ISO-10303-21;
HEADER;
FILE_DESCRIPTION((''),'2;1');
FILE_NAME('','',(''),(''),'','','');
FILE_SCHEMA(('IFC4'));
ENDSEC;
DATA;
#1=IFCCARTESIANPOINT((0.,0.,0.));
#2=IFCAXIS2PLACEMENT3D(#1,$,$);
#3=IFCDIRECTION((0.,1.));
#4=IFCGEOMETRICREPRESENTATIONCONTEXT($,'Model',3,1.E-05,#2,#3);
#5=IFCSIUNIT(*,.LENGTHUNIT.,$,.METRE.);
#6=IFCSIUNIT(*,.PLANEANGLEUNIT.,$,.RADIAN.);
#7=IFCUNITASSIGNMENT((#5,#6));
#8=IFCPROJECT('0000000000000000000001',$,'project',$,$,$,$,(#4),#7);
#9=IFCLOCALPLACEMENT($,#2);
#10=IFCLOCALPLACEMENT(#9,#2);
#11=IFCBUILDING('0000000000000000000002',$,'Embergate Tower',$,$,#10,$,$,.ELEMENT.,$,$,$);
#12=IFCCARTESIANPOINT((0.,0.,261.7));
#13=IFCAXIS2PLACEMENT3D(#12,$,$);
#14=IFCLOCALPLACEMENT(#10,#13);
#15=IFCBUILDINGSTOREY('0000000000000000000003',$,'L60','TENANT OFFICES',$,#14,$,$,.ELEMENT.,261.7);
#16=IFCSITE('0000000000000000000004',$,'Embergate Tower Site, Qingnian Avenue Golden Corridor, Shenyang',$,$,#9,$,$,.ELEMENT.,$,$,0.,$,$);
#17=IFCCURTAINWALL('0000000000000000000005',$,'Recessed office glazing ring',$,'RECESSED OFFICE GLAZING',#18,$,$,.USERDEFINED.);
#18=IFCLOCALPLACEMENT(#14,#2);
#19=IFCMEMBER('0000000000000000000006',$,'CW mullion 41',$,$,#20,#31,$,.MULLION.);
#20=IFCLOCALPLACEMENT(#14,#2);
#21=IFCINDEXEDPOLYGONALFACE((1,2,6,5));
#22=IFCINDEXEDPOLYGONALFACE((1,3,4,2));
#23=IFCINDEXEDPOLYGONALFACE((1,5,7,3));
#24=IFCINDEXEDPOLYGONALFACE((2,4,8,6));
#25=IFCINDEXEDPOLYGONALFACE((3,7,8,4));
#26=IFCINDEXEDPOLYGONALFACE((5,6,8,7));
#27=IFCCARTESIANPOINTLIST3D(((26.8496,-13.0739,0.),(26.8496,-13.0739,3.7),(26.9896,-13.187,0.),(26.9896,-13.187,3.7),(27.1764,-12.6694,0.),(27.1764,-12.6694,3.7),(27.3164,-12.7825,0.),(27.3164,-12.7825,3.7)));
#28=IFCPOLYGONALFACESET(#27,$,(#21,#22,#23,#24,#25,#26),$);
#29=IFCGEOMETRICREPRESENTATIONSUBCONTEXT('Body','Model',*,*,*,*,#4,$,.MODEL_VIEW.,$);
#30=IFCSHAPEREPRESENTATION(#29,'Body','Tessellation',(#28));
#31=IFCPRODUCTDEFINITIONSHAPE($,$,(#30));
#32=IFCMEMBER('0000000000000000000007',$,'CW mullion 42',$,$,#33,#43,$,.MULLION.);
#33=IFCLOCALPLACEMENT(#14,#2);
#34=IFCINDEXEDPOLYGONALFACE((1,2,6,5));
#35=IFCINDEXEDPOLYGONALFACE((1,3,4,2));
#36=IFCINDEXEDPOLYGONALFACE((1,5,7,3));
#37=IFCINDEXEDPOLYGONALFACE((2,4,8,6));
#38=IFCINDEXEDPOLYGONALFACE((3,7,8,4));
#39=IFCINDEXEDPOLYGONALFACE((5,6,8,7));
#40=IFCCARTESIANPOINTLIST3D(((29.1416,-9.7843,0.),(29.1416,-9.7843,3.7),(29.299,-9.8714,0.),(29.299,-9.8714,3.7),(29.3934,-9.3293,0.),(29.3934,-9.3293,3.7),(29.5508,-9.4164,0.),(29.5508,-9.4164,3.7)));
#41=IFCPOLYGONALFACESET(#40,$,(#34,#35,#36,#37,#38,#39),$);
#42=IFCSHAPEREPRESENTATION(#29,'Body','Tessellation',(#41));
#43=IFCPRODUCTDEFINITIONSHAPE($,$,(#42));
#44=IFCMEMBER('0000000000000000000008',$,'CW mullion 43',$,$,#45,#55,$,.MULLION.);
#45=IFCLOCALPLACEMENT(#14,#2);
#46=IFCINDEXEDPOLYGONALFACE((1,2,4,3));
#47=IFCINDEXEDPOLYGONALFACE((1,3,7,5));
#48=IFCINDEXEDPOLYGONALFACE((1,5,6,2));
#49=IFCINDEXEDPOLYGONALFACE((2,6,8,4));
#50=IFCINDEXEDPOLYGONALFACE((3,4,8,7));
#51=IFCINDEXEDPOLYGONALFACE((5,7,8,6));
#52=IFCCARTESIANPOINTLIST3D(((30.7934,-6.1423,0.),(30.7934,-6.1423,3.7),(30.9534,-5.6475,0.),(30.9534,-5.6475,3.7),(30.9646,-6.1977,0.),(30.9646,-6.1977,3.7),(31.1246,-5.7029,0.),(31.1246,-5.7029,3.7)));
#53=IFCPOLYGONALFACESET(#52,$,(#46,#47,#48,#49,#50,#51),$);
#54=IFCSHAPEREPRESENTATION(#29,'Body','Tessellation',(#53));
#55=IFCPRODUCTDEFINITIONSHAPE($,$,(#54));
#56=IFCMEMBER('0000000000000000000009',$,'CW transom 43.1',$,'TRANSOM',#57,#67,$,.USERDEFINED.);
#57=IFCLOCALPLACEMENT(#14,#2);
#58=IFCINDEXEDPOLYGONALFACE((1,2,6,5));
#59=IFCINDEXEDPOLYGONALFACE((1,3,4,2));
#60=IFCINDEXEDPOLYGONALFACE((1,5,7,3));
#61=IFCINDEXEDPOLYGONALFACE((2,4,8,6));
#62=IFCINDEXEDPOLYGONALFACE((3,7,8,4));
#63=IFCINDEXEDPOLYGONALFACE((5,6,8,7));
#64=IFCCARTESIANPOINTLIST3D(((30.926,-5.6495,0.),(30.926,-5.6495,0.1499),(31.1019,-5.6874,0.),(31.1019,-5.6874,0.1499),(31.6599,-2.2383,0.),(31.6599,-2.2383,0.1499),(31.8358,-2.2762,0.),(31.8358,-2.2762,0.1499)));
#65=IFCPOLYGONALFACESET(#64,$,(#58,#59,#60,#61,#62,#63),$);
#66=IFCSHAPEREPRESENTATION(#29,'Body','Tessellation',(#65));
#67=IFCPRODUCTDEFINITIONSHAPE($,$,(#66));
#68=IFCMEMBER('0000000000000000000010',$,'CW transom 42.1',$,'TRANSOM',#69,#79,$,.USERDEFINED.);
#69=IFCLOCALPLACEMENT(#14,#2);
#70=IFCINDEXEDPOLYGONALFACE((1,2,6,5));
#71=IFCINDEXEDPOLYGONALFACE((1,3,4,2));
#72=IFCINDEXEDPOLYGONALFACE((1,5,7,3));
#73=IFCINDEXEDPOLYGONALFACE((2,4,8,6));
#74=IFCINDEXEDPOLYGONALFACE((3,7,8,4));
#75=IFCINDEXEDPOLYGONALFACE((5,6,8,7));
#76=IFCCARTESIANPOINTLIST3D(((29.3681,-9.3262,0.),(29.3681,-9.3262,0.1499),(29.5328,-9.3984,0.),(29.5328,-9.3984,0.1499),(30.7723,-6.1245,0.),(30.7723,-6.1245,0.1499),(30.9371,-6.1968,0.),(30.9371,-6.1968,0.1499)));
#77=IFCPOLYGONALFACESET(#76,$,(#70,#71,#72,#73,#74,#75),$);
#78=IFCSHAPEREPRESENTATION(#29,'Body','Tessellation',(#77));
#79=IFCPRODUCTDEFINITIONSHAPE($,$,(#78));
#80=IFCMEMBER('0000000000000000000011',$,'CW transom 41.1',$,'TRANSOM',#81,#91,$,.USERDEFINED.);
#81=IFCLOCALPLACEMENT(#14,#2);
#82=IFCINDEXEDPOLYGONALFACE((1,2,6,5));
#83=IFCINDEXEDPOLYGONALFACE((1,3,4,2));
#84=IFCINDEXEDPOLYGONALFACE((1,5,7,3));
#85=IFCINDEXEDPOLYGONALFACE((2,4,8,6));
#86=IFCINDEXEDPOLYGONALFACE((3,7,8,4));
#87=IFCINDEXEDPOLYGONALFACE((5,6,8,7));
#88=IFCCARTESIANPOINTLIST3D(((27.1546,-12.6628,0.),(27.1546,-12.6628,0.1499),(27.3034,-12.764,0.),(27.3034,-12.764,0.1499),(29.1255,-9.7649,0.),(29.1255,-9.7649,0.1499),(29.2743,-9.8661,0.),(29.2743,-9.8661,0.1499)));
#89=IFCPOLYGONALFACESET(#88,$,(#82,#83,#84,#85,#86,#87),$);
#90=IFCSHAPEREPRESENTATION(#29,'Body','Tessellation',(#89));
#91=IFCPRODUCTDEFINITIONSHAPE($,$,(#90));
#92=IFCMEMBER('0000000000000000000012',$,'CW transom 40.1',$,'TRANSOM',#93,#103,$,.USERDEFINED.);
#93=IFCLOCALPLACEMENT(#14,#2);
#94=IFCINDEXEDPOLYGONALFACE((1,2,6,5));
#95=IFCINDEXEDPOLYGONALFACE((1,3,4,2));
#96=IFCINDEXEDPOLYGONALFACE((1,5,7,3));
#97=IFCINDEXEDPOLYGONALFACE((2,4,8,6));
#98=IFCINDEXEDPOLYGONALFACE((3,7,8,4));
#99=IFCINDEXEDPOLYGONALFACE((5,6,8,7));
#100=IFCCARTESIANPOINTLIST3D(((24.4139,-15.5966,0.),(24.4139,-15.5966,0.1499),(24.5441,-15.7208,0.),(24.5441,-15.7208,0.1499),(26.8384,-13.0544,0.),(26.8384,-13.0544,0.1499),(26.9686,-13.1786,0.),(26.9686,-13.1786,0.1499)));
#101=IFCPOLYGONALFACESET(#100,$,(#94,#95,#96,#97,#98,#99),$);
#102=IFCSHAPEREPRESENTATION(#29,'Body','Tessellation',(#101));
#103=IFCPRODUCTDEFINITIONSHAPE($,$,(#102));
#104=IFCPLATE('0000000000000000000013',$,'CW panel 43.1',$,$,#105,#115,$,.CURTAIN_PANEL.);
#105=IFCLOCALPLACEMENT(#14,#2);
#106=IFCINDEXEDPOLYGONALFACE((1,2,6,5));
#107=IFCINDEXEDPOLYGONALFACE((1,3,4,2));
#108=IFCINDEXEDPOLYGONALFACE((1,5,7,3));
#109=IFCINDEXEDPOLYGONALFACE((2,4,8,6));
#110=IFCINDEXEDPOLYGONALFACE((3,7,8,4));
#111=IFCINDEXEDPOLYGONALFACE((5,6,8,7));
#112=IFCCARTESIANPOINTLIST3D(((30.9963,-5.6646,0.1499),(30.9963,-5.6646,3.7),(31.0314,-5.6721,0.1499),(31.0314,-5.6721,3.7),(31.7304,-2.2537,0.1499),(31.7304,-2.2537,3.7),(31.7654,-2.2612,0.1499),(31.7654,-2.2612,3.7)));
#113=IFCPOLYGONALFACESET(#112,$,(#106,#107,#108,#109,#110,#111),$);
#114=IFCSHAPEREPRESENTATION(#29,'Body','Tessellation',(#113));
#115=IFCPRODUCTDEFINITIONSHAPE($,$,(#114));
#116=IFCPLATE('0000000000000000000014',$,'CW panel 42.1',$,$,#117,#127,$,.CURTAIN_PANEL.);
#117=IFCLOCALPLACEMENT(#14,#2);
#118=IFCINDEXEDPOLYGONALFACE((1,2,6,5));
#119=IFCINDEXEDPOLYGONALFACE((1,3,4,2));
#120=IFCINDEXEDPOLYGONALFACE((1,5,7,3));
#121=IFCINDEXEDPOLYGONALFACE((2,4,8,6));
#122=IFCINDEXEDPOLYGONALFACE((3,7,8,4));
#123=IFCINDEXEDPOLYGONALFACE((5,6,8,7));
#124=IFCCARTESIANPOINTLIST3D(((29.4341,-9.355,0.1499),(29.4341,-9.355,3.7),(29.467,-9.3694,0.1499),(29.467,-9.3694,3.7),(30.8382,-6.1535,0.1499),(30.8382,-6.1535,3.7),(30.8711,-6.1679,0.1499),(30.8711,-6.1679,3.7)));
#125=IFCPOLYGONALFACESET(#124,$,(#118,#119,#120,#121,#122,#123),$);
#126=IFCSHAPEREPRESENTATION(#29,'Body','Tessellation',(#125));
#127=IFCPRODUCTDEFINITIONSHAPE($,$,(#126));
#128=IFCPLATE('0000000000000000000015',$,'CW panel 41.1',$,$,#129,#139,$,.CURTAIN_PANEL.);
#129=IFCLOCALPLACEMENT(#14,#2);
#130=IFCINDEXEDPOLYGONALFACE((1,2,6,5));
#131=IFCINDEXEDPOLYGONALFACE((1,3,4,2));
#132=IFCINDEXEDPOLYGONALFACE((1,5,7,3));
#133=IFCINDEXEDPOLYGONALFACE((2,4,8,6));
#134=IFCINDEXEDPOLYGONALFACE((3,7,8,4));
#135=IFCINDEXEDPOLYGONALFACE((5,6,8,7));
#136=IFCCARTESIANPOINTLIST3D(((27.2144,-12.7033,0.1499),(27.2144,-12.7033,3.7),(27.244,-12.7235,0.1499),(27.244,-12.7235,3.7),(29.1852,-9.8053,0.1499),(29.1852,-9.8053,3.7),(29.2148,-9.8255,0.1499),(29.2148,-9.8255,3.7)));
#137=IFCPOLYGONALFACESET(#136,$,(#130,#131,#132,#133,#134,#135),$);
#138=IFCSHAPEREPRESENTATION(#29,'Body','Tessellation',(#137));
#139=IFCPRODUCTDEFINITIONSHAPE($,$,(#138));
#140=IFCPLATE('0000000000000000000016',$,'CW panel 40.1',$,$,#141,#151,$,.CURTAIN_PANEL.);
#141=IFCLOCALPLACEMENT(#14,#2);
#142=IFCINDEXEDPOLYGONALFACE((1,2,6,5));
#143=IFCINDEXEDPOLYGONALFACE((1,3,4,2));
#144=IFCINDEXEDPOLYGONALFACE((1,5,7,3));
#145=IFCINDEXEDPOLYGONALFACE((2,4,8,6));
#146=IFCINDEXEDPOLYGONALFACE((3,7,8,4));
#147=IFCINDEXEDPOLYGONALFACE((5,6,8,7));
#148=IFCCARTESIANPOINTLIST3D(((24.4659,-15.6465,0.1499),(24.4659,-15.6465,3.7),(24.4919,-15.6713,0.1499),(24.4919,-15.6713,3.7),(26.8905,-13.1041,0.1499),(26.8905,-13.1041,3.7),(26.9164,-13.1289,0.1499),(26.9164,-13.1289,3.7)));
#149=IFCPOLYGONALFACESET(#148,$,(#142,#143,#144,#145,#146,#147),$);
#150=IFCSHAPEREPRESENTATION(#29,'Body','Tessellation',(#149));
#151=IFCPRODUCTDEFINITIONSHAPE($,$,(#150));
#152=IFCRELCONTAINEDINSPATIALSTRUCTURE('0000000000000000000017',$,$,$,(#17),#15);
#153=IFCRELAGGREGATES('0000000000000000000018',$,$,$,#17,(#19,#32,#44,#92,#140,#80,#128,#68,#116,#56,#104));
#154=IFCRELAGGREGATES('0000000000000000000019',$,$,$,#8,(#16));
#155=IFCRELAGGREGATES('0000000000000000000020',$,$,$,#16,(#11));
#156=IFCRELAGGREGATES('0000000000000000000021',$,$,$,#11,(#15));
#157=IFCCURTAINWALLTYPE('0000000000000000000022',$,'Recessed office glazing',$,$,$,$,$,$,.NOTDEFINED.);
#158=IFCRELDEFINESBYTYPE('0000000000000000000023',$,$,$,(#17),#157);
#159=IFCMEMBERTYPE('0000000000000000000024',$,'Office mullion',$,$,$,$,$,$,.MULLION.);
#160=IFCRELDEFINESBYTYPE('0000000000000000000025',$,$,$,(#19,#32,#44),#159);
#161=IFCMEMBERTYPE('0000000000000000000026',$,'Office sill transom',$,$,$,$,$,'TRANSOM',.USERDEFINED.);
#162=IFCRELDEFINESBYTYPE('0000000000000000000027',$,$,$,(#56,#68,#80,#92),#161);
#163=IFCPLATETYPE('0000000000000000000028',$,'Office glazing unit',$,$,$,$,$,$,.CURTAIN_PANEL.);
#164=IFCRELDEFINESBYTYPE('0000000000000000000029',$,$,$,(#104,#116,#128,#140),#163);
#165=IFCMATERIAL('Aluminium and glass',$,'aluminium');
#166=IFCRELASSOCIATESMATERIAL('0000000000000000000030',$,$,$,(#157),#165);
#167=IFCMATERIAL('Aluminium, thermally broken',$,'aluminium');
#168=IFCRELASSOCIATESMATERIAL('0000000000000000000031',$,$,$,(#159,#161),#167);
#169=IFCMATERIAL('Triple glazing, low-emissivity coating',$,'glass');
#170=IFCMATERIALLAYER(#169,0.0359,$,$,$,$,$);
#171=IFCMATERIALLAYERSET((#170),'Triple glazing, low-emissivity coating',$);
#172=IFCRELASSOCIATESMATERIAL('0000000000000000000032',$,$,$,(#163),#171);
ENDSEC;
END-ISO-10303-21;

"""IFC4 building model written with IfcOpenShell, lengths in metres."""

from ifc_helpers import new_model, si_unit, direction, frame, origin, origin_2d, place, context, subcontext, project, spatial, rectangle, extrude, source, transform, mapped, material, layer, layer_set, material_profile, profile_set, type_object, element, aggregate, save


model = new_model("IFC4")

# Units and contexts
model_context = context("Model", 3, precision=1e-05, world=origin(), true_north=direction((0.0, 1.0)))
body_context = subcontext(model_context, "Body", "Model", "MODEL_VIEW")
ifc_project = project(units=[si_unit("LENGTHUNIT", "METRE"), si_unit("PLANEANGLEUNIT", "RADIAN")], contexts=[model_context])

# Site, building, storey
site_placement = place(None, origin())
site = spatial("IfcSite", under=ifc_project, at=site_placement, Name="Embergate Tower Site, Qingnian Avenue Golden Corridor, Shenyang", CompositionType="ELEMENT", RefElevation=0.0)
building_placement = place(site_placement, origin())
building = spatial("IfcBuilding", under=site, at=building_placement, Name="Embergate Tower", CompositionType="ELEMENT")
storey_placement = place(building_placement, frame((0.0, 0.0, 261.7)))
storey = spatial("IfcBuildingStorey", under=building, at=storey_placement, Name="L60", Description="TENANT OFFICES", CompositionType="ELEMENT", Elevation=261.7)

# Curtain wall, members, plates
ifc_material_1 = material(Name="Aluminium and glass", Category="aluminium")
curtain_wall_type = type_object("IfcCurtainWallType", Name="Recessed office glazing", PredefinedType="NOTDEFINED", material=ifc_material_1)
curtain_wall_placement = place(storey_placement, origin())
curtain_wall = element("IfcCurtainWall", 1, at=curtain_wall_placement, inside=storey, type_object=curtain_wall_type, Name="Recessed office glazing ring", ObjectType="RECESSED OFFICE GLAZING", PredefinedType="USERDEFINED")
ifc_material_2 = material(Name="Aluminium, thermally broken", Category="aluminium")
ifc_material_profile_1 = material_profile(ifc_material_2, rectangle(XDim=0.1799, YDim=0.52, at=origin_2d()), Name="AL 520x180")
ifc_profile_set_1 = profile_set([ifc_material_profile_1], Name="Aluminium, thermally broken")
member_type_1 = type_object("IfcMemberType", Name="Office mullion", PredefinedType="MULLION", material=ifc_profile_set_1)
shared_shape_1 = source(origin(), body_context, "Body", "SweptSolid", [
    extrude(rectangle(XDim=0.1799, YDim=0.52, at=origin_2d()), origin(), (0.0, 0.0, 1.0), 3.7),
])
member_1_placement = place(storey_placement, frame((27.083, -12.9282, 0.0), z_axis=(0.0, 0.0, 1.0), x_axis=(-0.777864, 0.628433, 0.0)))
member_1 = element("IfcMember", 2, at=member_1_placement, type_object=member_type_1, Name="CW mullion 41", PredefinedType="MULLION", context=body_context, shape_type="MappedRepresentation", body=[
    mapped(shared_shape_1, transform((0.0, 0.0, 0.0))),
])
member_2_placement = place(storey_placement, frame((29.3462, -9.6003, 0.0), z_axis=(0.0, 0.0, 1.0), x_axis=(-0.874994, 0.484133, 0.0)))
member_2 = element("IfcMember", 3, at=member_2_placement, type_object=member_type_1, Name="CW mullion 42", PredefinedType="MULLION", context=body_context, shape_type="MappedRepresentation", body=[
    mapped(shared_shape_1, transform((0.0, 0.0, 0.0))),
])
member_3_placement = place(storey_placement, frame((30.959, -5.9226, 0.0), z_axis=(0.0, 0.0, 1.0), x_axis=(-0.951494, 0.307667, 0.0)))
member_3 = element("IfcMember", 4, at=member_3_placement, type_object=member_type_1, Name="CW mullion 43", PredefinedType="MULLION", context=body_context, shape_type="MappedRepresentation", body=[
    mapped(shared_shape_1, transform((0.0, 0.0, 0.0))),
])
ifc_material_profile_2 = material_profile(ifc_material_2, rectangle(XDim=0.1799, YDim=0.1499, at=origin_2d()), Name="AL 150x180")
ifc_profile_set_2 = profile_set([ifc_material_profile_2], Name="Aluminium, thermally broken")
member_type_2 = type_object("IfcMemberType", Name="Office sill transom", ElementType="TRANSOM", PredefinedType="USERDEFINED", material=ifc_profile_set_2)
shared_shape_2 = source(origin(), body_context, "Body", "SweptSolid", [
    extrude(rectangle(XDim=0.1799, YDim=0.1499, at=origin_2d()), origin(), (0.0, 0.0, 1.0), 3.4893),
])
member_4_placement = place(storey_placement, frame((31.0139, -5.6685, 0.075), z_axis=(0.210332, 0.97763, 0.0), x_axis=(-0.97763, 0.210332, 0.0)))
member_4 = element("IfcMember", 5, at=member_4_placement, type_object=member_type_2, Name="CW transom 43.1", ObjectType="TRANSOM", PredefinedType="USERDEFINED", context=body_context, shape_type="MappedRepresentation", body=[
    mapped(shared_shape_2, transform((0.0, 0.0, 0.0))),
])
shared_shape_3 = source(origin(), body_context, "Body", "SweptSolid", [
    extrude(rectangle(XDim=0.1799, YDim=0.1499, at=origin_2d()), origin(), (0.0, 0.0, 1.0), 3.4961),
])
member_5_placement = place(storey_placement, frame((29.4504, -9.3623, 0.075), z_axis=(0.401676, 0.915782, 0.0), x_axis=(-0.915782, 0.401676, 0.0)))
member_5 = element("IfcMember", 6, at=member_5_placement, type_object=member_type_2, Name="CW transom 42.1", ObjectType="TRANSOM", PredefinedType="USERDEFINED", context=body_context, shape_type="MappedRepresentation", body=[
    mapped(shared_shape_3, transform((0.0, 0.0, 0.0))),
])
shared_shape_4 = source(origin(), body_context, "Body", "SweptSolid", [
    extrude(rectangle(XDim=0.1799, YDim=0.1499, at=origin_2d()), origin(), (0.0, 0.0, 1.0), 3.5046),
])
member_6_placement = place(storey_placement, frame((27.229, -12.7134, 0.075), z_axis=(0.562377, 0.826881, 0.0), x_axis=(-0.826881, 0.562377, 0.0)))
member_6 = element("IfcMember", 7, at=member_6_placement, type_object=member_type_2, Name="CW transom 41.1", ObjectType="TRANSOM", PredefinedType="USERDEFINED", context=body_context, shape_type="MappedRepresentation", body=[
    mapped(shared_shape_4, transform((0.0, 0.0, 0.0))),
])
shared_shape_5 = source(origin(), body_context, "Body", "SweptSolid", [
    extrude(rectangle(XDim=0.1799, YDim=0.1499, at=origin_2d()), origin(), (0.0, 0.0, 1.0), 3.5129),
])
member_7_placement = place(storey_placement, frame((24.479, -15.6587, 0.075), z_axis=(0.69016, 0.723657, 0.0), x_axis=(-0.723657, 0.69016, 0.0)))
member_7 = element("IfcMember", 8, at=member_7_placement, type_object=member_type_2, Name="CW transom 40.1", ObjectType="TRANSOM", PredefinedType="USERDEFINED", context=body_context, shape_type="MappedRepresentation", body=[
    mapped(shared_shape_5, transform((0.0, 0.0, 0.0))),
])
ifc_material_3 = material(Name="Triple glazing, low-emissivity coating", Category="glass")
ifc_layer_1 = layer(ifc_material_3, 0.0359)
ifc_layer_set_1 = layer_set([ifc_layer_1], Name="Triple glazing, low-emissivity coating")
plate_type = type_object("IfcPlateType", Name="Office glazing unit", PredefinedType="CURTAIN_PANEL", material=ifc_layer_set_1)
shared_shape_6 = source(origin(), body_context, "Body", "SweptSolid", [
    extrude(rectangle(XDim=3.489, YDim=0.0359, at=origin_2d()), origin(), (0.0, 0.0, 1.0), 3.55),
])
plate_1_placement = place(storey_placement, frame((31.3809, -3.9629, 0.1499), z_axis=(0.0, 0.0, 1.0), x_axis=(0.210402, 0.977615, 0.0)))
plate_1 = element("IfcPlate", 9, at=plate_1_placement, type_object=plate_type, Name="CW panel 43.1", PredefinedType="CURTAIN_PANEL", context=body_context, shape_type="MappedRepresentation", body=[
    mapped(shared_shape_6, transform((0.0, 0.0, 0.0))),
])
shared_shape_7 = source(origin(), body_context, "Body", "SweptSolid", [
    extrude(rectangle(XDim=3.4958, YDim=0.0359, at=origin_2d()), origin(), (0.0, 0.0, 1.0), 3.55),
])
plate_2_placement = place(storey_placement, frame((30.1526, -7.7615, 0.1499), z_axis=(0.0, 0.0, 1.0), x_axis=(0.401657, 0.91579, 0.0)))
plate_2 = element("IfcPlate", 10, at=plate_2_placement, type_object=plate_type, Name="CW panel 42.1", PredefinedType="CURTAIN_PANEL", context=body_context, shape_type="MappedRepresentation", body=[
    mapped(shared_shape_7, transform((0.0, 0.0, 0.0))),
])
shared_shape_8 = source(origin(), body_context, "Body", "SweptSolid", [
    extrude(rectangle(XDim=3.5046, YDim=0.0359, at=origin_2d()), origin(), (0.0, 0.0, 1.0), 3.55),
])
plate_3_placement = place(storey_placement, frame((28.2146, -11.2644, 0.1499), z_axis=(0.0, 0.0, 1.0), x_axis=(0.562346, 0.826902, 0.0)))
plate_3 = element("IfcPlate", 11, at=plate_3_placement, type_object=plate_type, Name="CW panel 41.1", PredefinedType="CURTAIN_PANEL", context=body_context, shape_type="MappedRepresentation", body=[
    mapped(shared_shape_8, transform((0.0, 0.0, 0.0))),
])
shared_shape_9 = source(origin(), body_context, "Body", "SweptSolid", [
    extrude(rectangle(XDim=3.5132, YDim=0.0359, at=origin_2d()), origin(), (0.0, 0.0, 1.0), 3.55),
])
plate_4_placement = place(storey_placement, frame((25.6912, -14.3877, 0.1499), z_axis=(0.0, 0.0, 1.0), x_axis=(0.690138, 0.723678, 0.0)))
plate_4 = element("IfcPlate", 12, at=plate_4_placement, type_object=plate_type, Name="CW panel 40.1", PredefinedType="CURTAIN_PANEL", context=body_context, shape_type="MappedRepresentation", body=[
    mapped(shared_shape_9, transform((0.0, 0.0, 0.0))),
])
aggregate(curtain_wall, [member_1, member_2, member_3, member_7, plate_4, member_6, plate_3, member_5, plate_2, member_4, plate_1])

save(model, "model.ifc")
